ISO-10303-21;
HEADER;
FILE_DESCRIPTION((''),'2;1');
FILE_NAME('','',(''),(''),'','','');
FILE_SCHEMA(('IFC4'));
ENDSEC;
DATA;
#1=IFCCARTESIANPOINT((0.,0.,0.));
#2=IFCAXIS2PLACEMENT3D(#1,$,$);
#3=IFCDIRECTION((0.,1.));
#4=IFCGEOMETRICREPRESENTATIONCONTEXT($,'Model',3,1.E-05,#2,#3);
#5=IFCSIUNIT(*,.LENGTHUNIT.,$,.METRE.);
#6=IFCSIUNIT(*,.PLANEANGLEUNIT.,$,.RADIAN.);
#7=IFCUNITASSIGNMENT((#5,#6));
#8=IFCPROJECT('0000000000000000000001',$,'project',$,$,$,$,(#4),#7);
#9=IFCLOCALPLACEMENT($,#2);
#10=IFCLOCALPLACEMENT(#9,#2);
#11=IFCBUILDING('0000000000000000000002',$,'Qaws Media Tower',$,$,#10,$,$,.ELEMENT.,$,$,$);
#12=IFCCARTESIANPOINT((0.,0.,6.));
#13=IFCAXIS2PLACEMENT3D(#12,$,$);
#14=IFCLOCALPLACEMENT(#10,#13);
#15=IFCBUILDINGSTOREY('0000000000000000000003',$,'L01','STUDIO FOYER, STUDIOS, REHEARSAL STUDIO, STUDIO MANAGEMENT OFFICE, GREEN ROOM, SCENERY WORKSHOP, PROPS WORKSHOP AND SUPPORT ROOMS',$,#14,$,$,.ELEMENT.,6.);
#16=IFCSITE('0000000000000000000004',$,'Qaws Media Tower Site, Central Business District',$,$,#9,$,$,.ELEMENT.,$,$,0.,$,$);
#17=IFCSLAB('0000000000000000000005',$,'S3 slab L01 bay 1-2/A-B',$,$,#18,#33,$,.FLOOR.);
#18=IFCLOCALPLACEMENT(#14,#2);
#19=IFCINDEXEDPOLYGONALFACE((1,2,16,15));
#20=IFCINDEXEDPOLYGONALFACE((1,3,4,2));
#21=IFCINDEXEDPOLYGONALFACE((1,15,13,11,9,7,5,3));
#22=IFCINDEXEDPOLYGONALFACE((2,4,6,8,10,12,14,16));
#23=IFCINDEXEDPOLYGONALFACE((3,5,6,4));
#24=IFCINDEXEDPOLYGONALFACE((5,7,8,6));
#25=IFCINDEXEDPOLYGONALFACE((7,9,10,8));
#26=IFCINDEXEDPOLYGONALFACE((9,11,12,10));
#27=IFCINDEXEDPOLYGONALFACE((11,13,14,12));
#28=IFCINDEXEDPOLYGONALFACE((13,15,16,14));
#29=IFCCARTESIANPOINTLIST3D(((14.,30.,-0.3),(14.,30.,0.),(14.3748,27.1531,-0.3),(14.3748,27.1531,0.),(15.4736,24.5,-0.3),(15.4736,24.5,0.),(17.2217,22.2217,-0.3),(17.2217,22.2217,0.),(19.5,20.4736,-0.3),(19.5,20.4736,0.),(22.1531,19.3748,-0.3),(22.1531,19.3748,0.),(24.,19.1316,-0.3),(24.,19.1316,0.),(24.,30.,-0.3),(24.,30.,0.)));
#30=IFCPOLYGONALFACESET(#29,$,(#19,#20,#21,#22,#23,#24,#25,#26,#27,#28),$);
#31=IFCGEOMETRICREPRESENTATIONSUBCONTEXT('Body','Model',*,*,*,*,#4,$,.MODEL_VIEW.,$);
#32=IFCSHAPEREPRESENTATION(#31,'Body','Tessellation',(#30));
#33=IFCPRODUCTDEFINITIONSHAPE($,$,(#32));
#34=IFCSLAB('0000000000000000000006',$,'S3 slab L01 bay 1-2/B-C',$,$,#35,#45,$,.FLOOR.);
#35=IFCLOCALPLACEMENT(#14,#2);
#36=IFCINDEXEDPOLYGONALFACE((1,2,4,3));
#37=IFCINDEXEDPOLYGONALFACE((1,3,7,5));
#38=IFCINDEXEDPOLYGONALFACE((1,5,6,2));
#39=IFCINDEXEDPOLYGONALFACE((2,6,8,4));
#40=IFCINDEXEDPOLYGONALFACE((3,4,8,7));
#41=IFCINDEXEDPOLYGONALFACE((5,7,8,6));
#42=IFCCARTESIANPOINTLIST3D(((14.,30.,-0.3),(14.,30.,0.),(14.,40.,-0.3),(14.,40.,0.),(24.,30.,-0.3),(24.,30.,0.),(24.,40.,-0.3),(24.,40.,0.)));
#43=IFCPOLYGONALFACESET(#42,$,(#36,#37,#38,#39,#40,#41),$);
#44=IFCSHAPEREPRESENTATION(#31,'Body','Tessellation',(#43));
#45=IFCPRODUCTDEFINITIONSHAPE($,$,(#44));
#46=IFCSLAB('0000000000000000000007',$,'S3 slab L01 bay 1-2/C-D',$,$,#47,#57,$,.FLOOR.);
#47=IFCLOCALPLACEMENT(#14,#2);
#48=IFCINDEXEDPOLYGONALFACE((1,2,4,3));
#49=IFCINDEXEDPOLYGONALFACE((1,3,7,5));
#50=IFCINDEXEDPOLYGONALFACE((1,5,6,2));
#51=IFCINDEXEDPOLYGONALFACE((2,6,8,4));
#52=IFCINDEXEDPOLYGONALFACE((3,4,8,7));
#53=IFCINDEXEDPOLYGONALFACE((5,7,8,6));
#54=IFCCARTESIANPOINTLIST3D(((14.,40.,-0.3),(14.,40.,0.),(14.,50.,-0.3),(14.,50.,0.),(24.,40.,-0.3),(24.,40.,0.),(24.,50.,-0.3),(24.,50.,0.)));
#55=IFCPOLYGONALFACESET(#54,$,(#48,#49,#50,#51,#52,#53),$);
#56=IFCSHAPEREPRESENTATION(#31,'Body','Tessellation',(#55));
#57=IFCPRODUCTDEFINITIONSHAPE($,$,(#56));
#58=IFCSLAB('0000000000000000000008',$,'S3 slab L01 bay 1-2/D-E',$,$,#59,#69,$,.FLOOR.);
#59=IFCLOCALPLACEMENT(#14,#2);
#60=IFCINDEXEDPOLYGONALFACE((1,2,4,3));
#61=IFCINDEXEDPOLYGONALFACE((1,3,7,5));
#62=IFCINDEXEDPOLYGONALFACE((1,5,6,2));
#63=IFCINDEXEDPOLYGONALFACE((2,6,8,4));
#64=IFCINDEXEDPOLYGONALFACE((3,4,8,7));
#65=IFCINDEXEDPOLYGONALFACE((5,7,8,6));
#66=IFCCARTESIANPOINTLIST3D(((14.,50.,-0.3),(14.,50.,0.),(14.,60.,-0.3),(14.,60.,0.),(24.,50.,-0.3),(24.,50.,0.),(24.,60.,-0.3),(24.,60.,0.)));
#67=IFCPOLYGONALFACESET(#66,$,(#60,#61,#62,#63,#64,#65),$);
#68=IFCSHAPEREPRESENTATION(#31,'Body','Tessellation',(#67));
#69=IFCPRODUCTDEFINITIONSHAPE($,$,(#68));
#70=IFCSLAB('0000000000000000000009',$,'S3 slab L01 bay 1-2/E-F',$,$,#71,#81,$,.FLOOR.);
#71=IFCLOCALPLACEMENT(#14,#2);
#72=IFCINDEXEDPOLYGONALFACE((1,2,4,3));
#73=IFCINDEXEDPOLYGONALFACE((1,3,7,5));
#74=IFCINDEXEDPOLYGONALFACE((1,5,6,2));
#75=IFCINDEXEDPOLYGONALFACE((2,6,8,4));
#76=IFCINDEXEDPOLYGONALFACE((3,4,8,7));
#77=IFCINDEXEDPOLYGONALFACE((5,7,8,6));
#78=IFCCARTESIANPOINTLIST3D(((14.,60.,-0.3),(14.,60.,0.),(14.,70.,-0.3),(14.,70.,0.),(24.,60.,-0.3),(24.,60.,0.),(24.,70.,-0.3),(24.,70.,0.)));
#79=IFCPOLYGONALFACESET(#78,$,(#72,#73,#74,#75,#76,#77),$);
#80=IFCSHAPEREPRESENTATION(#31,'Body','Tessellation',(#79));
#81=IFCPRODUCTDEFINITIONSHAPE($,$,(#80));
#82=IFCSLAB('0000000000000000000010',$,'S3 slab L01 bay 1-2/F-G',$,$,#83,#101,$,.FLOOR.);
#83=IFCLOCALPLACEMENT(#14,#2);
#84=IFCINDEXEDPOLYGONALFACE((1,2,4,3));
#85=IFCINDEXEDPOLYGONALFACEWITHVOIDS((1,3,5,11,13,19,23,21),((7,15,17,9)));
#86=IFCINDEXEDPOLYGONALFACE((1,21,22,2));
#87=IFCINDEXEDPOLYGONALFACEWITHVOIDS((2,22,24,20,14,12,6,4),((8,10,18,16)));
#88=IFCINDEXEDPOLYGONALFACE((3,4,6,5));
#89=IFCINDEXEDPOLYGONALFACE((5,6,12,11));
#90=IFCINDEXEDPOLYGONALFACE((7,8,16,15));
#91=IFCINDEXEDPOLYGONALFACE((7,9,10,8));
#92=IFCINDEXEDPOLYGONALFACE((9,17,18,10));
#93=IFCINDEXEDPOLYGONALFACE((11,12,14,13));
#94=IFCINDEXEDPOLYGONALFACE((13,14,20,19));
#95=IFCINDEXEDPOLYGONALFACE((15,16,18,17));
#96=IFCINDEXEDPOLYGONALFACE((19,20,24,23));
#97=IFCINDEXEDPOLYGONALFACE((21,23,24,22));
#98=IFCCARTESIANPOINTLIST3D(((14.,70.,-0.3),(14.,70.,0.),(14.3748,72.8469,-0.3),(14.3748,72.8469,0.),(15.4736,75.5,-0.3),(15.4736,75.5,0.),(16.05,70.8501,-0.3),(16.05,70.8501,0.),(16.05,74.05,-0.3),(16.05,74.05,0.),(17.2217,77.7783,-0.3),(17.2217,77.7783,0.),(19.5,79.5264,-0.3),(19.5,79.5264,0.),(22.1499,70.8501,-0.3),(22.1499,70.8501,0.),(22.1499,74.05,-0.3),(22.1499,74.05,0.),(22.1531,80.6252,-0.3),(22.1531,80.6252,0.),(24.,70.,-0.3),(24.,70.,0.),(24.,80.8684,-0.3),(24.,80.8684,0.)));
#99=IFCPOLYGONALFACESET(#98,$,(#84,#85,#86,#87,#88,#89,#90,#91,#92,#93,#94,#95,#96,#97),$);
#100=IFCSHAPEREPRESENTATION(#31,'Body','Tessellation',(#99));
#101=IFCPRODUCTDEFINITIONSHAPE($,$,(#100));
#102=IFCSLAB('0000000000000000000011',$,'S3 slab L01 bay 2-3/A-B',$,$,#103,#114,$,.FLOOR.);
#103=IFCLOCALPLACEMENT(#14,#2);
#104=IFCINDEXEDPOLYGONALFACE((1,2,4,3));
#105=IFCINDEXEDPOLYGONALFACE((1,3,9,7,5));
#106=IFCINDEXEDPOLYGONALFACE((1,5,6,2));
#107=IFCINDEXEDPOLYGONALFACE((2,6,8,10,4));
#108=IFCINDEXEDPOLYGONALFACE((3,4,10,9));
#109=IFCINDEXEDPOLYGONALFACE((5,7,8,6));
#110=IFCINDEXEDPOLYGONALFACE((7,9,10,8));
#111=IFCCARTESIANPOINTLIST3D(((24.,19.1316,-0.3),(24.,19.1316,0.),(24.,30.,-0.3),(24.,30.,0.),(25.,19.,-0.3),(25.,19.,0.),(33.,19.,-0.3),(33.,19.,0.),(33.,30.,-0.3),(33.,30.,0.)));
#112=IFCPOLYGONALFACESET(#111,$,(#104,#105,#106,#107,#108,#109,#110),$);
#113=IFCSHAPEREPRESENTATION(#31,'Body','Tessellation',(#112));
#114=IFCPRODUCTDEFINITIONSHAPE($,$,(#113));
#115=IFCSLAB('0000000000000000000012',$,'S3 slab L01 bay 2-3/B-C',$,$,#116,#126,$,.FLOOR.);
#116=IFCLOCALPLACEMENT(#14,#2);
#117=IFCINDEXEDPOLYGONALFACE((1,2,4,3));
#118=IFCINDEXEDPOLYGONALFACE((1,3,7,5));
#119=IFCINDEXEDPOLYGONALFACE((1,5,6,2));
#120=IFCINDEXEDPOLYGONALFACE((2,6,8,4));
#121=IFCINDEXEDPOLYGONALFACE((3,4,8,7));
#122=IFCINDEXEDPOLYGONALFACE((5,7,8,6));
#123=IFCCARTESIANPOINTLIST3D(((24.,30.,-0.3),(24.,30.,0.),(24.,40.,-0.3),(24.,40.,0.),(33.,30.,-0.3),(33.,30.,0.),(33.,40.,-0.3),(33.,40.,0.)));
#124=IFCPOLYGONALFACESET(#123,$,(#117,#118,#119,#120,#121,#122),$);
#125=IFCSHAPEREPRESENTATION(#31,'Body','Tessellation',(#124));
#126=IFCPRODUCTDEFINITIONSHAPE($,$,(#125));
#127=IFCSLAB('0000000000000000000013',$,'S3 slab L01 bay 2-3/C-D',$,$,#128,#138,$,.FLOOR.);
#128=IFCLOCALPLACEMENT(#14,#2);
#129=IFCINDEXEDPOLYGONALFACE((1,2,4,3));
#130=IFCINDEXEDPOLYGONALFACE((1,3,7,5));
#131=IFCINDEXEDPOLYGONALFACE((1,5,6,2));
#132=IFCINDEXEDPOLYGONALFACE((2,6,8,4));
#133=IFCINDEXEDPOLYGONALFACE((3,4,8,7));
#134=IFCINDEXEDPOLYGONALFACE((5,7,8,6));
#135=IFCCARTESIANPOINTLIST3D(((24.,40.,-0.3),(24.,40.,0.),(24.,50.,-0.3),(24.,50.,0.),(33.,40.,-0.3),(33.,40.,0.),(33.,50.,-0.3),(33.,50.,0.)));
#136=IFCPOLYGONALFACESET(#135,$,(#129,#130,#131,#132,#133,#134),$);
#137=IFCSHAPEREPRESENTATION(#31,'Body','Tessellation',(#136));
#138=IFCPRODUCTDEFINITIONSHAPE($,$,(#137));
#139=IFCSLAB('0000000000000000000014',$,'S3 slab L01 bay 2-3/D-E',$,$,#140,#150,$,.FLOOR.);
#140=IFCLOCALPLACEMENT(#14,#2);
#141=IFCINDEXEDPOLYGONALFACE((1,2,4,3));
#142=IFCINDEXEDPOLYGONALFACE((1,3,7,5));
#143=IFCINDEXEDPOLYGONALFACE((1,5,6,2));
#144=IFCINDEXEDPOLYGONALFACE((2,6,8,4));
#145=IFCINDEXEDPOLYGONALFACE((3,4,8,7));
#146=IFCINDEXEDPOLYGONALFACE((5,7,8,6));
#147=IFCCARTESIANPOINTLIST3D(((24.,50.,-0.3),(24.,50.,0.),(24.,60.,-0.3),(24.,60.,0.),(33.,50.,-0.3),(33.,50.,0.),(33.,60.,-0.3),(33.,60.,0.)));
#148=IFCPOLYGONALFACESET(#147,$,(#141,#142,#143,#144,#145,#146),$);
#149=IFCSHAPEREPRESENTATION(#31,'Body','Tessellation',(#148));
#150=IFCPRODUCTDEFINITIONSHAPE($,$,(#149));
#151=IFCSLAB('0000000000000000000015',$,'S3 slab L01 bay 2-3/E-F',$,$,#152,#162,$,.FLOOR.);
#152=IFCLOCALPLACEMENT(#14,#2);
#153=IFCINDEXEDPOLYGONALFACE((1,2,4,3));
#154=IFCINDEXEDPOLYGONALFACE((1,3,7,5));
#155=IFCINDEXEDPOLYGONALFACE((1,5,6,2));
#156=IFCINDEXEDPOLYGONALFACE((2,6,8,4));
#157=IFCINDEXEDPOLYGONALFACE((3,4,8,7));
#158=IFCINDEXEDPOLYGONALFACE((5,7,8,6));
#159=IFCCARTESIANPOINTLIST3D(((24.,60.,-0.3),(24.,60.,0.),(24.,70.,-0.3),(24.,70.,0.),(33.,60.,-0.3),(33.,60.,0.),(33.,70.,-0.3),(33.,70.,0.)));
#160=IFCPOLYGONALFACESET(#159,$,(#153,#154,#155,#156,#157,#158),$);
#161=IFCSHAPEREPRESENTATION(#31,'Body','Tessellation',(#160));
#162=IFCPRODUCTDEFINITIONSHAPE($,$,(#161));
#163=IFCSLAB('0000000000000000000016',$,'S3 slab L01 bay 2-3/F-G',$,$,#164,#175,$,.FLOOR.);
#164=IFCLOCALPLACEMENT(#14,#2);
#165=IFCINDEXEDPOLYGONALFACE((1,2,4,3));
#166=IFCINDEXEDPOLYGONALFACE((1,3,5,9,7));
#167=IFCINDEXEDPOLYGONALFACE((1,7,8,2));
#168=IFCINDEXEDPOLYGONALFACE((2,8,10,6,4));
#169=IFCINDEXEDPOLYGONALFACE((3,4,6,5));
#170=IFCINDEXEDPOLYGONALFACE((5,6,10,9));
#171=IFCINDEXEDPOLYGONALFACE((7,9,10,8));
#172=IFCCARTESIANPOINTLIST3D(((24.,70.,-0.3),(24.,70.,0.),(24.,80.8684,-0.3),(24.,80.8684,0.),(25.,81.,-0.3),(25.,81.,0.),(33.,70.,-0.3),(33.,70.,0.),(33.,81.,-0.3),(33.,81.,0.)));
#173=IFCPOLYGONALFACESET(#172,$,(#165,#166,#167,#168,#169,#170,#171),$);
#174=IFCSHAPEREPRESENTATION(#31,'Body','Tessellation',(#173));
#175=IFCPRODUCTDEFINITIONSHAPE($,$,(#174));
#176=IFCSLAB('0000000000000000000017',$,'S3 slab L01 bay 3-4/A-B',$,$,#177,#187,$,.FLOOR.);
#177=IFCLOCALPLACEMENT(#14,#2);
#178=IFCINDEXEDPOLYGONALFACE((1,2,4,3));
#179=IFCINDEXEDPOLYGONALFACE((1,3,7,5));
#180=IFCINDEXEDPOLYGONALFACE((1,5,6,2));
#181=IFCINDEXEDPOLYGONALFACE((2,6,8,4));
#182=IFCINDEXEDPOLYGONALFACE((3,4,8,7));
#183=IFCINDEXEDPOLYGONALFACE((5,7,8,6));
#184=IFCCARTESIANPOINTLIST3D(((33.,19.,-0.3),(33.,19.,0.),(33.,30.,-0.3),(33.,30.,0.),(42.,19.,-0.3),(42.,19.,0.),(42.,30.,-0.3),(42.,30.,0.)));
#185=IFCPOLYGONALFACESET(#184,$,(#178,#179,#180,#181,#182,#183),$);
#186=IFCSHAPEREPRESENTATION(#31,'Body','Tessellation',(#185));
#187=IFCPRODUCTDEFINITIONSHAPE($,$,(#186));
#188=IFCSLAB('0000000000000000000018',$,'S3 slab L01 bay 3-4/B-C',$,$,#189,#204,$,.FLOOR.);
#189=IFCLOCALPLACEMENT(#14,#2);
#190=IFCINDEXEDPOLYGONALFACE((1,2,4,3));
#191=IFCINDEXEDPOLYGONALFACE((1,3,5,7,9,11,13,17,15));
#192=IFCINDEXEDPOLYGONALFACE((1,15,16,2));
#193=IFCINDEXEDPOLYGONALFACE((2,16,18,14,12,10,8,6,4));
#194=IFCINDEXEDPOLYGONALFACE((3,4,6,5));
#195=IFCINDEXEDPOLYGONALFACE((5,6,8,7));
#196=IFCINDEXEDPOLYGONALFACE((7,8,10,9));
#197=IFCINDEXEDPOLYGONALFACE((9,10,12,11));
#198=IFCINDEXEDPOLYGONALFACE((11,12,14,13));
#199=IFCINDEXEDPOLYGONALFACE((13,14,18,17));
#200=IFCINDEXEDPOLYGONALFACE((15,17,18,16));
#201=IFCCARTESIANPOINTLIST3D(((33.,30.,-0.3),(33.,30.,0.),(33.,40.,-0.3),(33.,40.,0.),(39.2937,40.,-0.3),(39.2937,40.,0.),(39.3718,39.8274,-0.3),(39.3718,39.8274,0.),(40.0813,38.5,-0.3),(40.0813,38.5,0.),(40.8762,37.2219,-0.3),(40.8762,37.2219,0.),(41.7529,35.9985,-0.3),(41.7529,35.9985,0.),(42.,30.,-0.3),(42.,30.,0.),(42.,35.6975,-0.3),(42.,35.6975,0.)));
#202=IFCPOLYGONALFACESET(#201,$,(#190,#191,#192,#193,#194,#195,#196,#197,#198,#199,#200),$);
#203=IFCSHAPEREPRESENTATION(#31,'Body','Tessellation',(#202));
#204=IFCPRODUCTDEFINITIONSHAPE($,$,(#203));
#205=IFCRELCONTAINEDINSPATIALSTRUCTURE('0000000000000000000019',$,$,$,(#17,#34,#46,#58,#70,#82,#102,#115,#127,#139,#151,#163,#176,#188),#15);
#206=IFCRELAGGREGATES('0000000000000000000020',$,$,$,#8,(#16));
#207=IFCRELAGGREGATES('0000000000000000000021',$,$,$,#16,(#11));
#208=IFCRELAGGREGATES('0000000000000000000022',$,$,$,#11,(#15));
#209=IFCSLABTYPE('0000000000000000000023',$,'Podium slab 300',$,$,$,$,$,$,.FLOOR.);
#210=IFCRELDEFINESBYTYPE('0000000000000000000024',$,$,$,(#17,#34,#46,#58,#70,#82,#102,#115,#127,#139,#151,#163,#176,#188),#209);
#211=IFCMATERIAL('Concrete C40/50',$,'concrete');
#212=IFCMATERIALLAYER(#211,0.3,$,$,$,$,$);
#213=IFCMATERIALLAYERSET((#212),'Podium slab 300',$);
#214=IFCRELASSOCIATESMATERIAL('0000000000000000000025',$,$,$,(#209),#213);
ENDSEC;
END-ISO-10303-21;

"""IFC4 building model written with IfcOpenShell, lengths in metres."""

from ifc_helpers import new_model, si_unit, direction, frame, origin, place, context, subcontext, project, spatial, polyline, outline, extrude, material, layer, layer_set, type_object, element, save


model = new_model("IFC4")

# Units and contexts
model_context = context("Model", 3, precision=1e-05, world=origin(), true_north=direction((0.0, 1.0)))
body_context = subcontext(model_context, "Body", "Model", "MODEL_VIEW")
ifc_project = project(units=[si_unit("LENGTHUNIT", "METRE"), si_unit("PLANEANGLEUNIT", "RADIAN")], contexts=[model_context])

# Site, building, storey
site_placement = place(None, origin())
site = spatial("IfcSite", under=ifc_project, at=site_placement, Name="Qaws Media Tower Site, Central Business District", CompositionType="ELEMENT", RefElevation=0.0)
building_placement = place(site_placement, origin())
building = spatial("IfcBuilding", under=site, at=building_placement, Name="Qaws Media Tower", CompositionType="ELEMENT")
storey_placement = place(building_placement, frame((0.0, 0.0, 6.0)))
storey = spatial("IfcBuildingStorey", under=building, at=storey_placement, Name="L01", Description="STUDIO FOYER, STUDIOS, REHEARSAL STUDIO, STUDIO MANAGEMENT OFFICE, GREEN ROOM, SCENERY WORKSHOP, PROPS WORKSHOP AND SUPPORT ROOMS", CompositionType="ELEMENT", Elevation=6.0)

# Slabs
ifc_material = material(Name="Concrete C40/50", Category="concrete")
ifc_layer = layer(ifc_material, 0.3)
ifc_layer_set = layer_set([ifc_layer], Name="Podium slab 300")
slab_type = type_object("IfcSlabType", Name="Podium slab 300", PredefinedType="FLOOR", material=ifc_layer_set)
slab_1_placement = place(storey_placement, frame((0.0, 0.0, -0.3)))
element("IfcSlab", 1, at=slab_1_placement, inside=storey, type_object=slab_type, Name="S3 slab L01 bay 1-2/A-B", PredefinedType="FLOOR", context=body_context, shape_type="SweptSolid", body=[
    extrude(outline(polyline([(17.2217, 22.2217), (15.4736, 24.5), (14.3748, 27.1531), (14.0, 30.0), (24.0, 30.0), (24.0, 19.1316), (22.1531, 19.3748), (19.5, 20.4736), (17.2217, 22.2217)])), origin(), (0.0, 0.0, 1.0), 0.3),
])
slab_2_placement = place(storey_placement, frame((0.0, 0.0, -0.3)))
element("IfcSlab", 2, at=slab_2_placement, inside=storey, type_object=slab_type, Name="S3 slab L01 bay 1-2/B-C", PredefinedType="FLOOR", context=body_context, shape_type="SweptSolid", body=[
    extrude(outline(polyline([(14.0, 40.0), (24.0, 40.0), (24.0, 30.0), (14.0, 30.0), (14.0, 40.0)])), origin(), (0.0, 0.0, 1.0), 0.3),
])
slab_3_placement = place(storey_placement, frame((0.0, 0.0, -0.3)))
element("IfcSlab", 3, at=slab_3_placement, inside=storey, type_object=slab_type, Name="S3 slab L01 bay 1-2/C-D", PredefinedType="FLOOR", context=body_context, shape_type="SweptSolid", body=[
    extrude(outline(polyline([(14.0, 50.0), (24.0, 50.0), (24.0, 40.0), (14.0, 40.0), (14.0, 50.0)])), origin(), (0.0, 0.0, 1.0), 0.3),
])
slab_4_placement = place(storey_placement, frame((0.0, 0.0, -0.3)))
element("IfcSlab", 4, at=slab_4_placement, inside=storey, type_object=slab_type, Name="S3 slab L01 bay 1-2/D-E", PredefinedType="FLOOR", context=body_context, shape_type="SweptSolid", body=[
    extrude(outline(polyline([(14.0, 60.0), (24.0, 60.0), (24.0, 50.0), (14.0, 50.0), (14.0, 60.0)])), origin(), (0.0, 0.0, 1.0), 0.3),
])
slab_5_placement = place(storey_placement, frame((0.0, 0.0, -0.3)))
element("IfcSlab", 5, at=slab_5_placement, inside=storey, type_object=slab_type, Name="S3 slab L01 bay 1-2/E-F", PredefinedType="FLOOR", context=body_context, shape_type="SweptSolid", body=[
    extrude(outline(polyline([(14.0, 70.0), (24.0, 70.0), (24.0, 60.0), (14.0, 60.0), (14.0, 70.0)])), origin(), (0.0, 0.0, 1.0), 0.3),
])
slab_6_placement = place(storey_placement, frame((0.0, 0.0, -0.3)))
element("IfcSlab", 6, at=slab_6_placement, inside=storey, type_object=slab_type, Name="S3 slab L01 bay 1-2/F-G", PredefinedType="FLOOR", context=body_context, shape_type="SweptSolid", body=[
    extrude(outline(polyline([(14.3748, 72.8469), (15.4736, 75.5), (17.2217, 77.7783), (19.5, 79.5264), (22.1531, 80.6252), (24.0, 80.8684), (24.0, 70.0), (14.0, 70.0), (14.3748, 72.8469)]), holes=[polyline([(16.05, 70.8501), (22.1499, 70.8501), (22.1499, 74.05), (16.05, 74.05), (16.05, 70.8501)])]), origin(), (0.0, 0.0, 1.0), 0.3),
])
slab_7_placement = place(storey_placement, frame((0.0, 0.0, -0.3)))
element("IfcSlab", 7, at=slab_7_placement, inside=storey, type_object=slab_type, Name="S3 slab L01 bay 2-3/A-B", PredefinedType="FLOOR", context=body_context, shape_type="SweptSolid", body=[
    extrude(outline(polyline([(25.0, 19.0), (24.0, 19.1316), (24.0, 30.0), (33.0, 30.0), (33.0, 19.0), (25.0, 19.0)])), origin(), (0.0, 0.0, 1.0), 0.3),
])
slab_8_placement = place(storey_placement, frame((0.0, 0.0, -0.3)))
element("IfcSlab", 8, at=slab_8_placement, inside=storey, type_object=slab_type, Name="S3 slab L01 bay 2-3/B-C", PredefinedType="FLOOR", context=body_context, shape_type="SweptSolid", body=[
    extrude(outline(polyline([(24.0, 30.0), (24.0, 40.0), (33.0, 40.0), (33.0, 30.0), (24.0, 30.0)])), origin(), (0.0, 0.0, 1.0), 0.3),
])
slab_9_placement = place(storey_placement, frame((0.0, 0.0, -0.3)))
element("IfcSlab", 9, at=slab_9_placement, inside=storey, type_object=slab_type, Name="S3 slab L01 bay 2-3/C-D", PredefinedType="FLOOR", context=body_context, shape_type="SweptSolid", body=[
    extrude(outline(polyline([(24.0, 40.0), (24.0, 50.0), (33.0, 50.0), (33.0, 40.0), (24.0, 40.0)])), origin(), (0.0, 0.0, 1.0), 0.3),
])
slab_10_placement = place(storey_placement, frame((0.0, 0.0, -0.3)))
element("IfcSlab", 10, at=slab_10_placement, inside=storey, type_object=slab_type, Name="S3 slab L01 bay 2-3/D-E", PredefinedType="FLOOR", context=body_context, shape_type="SweptSolid", body=[
    extrude(outline(polyline([(24.0, 50.0), (24.0, 60.0), (33.0, 60.0), (33.0, 50.0), (24.0, 50.0)])), origin(), (0.0, 0.0, 1.0), 0.3),
])
slab_11_placement = place(storey_placement, frame((0.0, 0.0, -0.3)))
element("IfcSlab", 11, at=slab_11_placement, inside=storey, type_object=slab_type, Name="S3 slab L01 bay 2-3/E-F", PredefinedType="FLOOR", context=body_context, shape_type="SweptSolid", body=[
    extrude(outline(polyline([(24.0, 60.0), (24.0, 70.0), (33.0, 70.0), (33.0, 60.0), (24.0, 60.0)])), origin(), (0.0, 0.0, 1.0), 0.3),
])
slab_12_placement = place(storey_placement, frame((0.0, 0.0, -0.3)))
element("IfcSlab", 12, at=slab_12_placement, inside=storey, type_object=slab_type, Name="S3 slab L01 bay 2-3/F-G", PredefinedType="FLOOR", context=body_context, shape_type="SweptSolid", body=[
    extrude(outline(polyline([(25.0, 81.0), (33.0, 81.0), (33.0, 70.0), (24.0, 70.0), (24.0, 80.8684), (25.0, 81.0)])), origin(), (0.0, 0.0, 1.0), 0.3),
])
slab_13_placement = place(storey_placement, frame((0.0, 0.0, -0.3)))
element("IfcSlab", 13, at=slab_13_placement, inside=storey, type_object=slab_type, Name="S3 slab L01 bay 3-4/A-B", PredefinedType="FLOOR", context=body_context, shape_type="SweptSolid", body=[
    extrude(outline(polyline([(33.0, 19.0), (33.0, 30.0), (42.0, 30.0), (42.0, 19.0), (33.0, 19.0)])), origin(), (0.0, 0.0, 1.0), 0.3),
])
slab_14_placement = place(storey_placement, frame((0.0, 0.0, -0.3)))
element("IfcSlab", 14, at=slab_14_placement, inside=storey, type_object=slab_type, Name="S3 slab L01 bay 3-4/B-C", PredefinedType="FLOOR", context=body_context, shape_type="SweptSolid", body=[
    extrude(outline(polyline([(39.3718, 39.8274), (40.0813, 38.5), (40.8762, 37.2219), (41.7529, 35.9985), (42.0, 35.6975), (42.0, 30.0), (33.0, 30.0), (33.0, 40.0), (39.2937, 40.0), (39.3718, 39.8274)])), origin(), (0.0, 0.0, 1.0), 0.3),
])

save(model, "model.ifc")
